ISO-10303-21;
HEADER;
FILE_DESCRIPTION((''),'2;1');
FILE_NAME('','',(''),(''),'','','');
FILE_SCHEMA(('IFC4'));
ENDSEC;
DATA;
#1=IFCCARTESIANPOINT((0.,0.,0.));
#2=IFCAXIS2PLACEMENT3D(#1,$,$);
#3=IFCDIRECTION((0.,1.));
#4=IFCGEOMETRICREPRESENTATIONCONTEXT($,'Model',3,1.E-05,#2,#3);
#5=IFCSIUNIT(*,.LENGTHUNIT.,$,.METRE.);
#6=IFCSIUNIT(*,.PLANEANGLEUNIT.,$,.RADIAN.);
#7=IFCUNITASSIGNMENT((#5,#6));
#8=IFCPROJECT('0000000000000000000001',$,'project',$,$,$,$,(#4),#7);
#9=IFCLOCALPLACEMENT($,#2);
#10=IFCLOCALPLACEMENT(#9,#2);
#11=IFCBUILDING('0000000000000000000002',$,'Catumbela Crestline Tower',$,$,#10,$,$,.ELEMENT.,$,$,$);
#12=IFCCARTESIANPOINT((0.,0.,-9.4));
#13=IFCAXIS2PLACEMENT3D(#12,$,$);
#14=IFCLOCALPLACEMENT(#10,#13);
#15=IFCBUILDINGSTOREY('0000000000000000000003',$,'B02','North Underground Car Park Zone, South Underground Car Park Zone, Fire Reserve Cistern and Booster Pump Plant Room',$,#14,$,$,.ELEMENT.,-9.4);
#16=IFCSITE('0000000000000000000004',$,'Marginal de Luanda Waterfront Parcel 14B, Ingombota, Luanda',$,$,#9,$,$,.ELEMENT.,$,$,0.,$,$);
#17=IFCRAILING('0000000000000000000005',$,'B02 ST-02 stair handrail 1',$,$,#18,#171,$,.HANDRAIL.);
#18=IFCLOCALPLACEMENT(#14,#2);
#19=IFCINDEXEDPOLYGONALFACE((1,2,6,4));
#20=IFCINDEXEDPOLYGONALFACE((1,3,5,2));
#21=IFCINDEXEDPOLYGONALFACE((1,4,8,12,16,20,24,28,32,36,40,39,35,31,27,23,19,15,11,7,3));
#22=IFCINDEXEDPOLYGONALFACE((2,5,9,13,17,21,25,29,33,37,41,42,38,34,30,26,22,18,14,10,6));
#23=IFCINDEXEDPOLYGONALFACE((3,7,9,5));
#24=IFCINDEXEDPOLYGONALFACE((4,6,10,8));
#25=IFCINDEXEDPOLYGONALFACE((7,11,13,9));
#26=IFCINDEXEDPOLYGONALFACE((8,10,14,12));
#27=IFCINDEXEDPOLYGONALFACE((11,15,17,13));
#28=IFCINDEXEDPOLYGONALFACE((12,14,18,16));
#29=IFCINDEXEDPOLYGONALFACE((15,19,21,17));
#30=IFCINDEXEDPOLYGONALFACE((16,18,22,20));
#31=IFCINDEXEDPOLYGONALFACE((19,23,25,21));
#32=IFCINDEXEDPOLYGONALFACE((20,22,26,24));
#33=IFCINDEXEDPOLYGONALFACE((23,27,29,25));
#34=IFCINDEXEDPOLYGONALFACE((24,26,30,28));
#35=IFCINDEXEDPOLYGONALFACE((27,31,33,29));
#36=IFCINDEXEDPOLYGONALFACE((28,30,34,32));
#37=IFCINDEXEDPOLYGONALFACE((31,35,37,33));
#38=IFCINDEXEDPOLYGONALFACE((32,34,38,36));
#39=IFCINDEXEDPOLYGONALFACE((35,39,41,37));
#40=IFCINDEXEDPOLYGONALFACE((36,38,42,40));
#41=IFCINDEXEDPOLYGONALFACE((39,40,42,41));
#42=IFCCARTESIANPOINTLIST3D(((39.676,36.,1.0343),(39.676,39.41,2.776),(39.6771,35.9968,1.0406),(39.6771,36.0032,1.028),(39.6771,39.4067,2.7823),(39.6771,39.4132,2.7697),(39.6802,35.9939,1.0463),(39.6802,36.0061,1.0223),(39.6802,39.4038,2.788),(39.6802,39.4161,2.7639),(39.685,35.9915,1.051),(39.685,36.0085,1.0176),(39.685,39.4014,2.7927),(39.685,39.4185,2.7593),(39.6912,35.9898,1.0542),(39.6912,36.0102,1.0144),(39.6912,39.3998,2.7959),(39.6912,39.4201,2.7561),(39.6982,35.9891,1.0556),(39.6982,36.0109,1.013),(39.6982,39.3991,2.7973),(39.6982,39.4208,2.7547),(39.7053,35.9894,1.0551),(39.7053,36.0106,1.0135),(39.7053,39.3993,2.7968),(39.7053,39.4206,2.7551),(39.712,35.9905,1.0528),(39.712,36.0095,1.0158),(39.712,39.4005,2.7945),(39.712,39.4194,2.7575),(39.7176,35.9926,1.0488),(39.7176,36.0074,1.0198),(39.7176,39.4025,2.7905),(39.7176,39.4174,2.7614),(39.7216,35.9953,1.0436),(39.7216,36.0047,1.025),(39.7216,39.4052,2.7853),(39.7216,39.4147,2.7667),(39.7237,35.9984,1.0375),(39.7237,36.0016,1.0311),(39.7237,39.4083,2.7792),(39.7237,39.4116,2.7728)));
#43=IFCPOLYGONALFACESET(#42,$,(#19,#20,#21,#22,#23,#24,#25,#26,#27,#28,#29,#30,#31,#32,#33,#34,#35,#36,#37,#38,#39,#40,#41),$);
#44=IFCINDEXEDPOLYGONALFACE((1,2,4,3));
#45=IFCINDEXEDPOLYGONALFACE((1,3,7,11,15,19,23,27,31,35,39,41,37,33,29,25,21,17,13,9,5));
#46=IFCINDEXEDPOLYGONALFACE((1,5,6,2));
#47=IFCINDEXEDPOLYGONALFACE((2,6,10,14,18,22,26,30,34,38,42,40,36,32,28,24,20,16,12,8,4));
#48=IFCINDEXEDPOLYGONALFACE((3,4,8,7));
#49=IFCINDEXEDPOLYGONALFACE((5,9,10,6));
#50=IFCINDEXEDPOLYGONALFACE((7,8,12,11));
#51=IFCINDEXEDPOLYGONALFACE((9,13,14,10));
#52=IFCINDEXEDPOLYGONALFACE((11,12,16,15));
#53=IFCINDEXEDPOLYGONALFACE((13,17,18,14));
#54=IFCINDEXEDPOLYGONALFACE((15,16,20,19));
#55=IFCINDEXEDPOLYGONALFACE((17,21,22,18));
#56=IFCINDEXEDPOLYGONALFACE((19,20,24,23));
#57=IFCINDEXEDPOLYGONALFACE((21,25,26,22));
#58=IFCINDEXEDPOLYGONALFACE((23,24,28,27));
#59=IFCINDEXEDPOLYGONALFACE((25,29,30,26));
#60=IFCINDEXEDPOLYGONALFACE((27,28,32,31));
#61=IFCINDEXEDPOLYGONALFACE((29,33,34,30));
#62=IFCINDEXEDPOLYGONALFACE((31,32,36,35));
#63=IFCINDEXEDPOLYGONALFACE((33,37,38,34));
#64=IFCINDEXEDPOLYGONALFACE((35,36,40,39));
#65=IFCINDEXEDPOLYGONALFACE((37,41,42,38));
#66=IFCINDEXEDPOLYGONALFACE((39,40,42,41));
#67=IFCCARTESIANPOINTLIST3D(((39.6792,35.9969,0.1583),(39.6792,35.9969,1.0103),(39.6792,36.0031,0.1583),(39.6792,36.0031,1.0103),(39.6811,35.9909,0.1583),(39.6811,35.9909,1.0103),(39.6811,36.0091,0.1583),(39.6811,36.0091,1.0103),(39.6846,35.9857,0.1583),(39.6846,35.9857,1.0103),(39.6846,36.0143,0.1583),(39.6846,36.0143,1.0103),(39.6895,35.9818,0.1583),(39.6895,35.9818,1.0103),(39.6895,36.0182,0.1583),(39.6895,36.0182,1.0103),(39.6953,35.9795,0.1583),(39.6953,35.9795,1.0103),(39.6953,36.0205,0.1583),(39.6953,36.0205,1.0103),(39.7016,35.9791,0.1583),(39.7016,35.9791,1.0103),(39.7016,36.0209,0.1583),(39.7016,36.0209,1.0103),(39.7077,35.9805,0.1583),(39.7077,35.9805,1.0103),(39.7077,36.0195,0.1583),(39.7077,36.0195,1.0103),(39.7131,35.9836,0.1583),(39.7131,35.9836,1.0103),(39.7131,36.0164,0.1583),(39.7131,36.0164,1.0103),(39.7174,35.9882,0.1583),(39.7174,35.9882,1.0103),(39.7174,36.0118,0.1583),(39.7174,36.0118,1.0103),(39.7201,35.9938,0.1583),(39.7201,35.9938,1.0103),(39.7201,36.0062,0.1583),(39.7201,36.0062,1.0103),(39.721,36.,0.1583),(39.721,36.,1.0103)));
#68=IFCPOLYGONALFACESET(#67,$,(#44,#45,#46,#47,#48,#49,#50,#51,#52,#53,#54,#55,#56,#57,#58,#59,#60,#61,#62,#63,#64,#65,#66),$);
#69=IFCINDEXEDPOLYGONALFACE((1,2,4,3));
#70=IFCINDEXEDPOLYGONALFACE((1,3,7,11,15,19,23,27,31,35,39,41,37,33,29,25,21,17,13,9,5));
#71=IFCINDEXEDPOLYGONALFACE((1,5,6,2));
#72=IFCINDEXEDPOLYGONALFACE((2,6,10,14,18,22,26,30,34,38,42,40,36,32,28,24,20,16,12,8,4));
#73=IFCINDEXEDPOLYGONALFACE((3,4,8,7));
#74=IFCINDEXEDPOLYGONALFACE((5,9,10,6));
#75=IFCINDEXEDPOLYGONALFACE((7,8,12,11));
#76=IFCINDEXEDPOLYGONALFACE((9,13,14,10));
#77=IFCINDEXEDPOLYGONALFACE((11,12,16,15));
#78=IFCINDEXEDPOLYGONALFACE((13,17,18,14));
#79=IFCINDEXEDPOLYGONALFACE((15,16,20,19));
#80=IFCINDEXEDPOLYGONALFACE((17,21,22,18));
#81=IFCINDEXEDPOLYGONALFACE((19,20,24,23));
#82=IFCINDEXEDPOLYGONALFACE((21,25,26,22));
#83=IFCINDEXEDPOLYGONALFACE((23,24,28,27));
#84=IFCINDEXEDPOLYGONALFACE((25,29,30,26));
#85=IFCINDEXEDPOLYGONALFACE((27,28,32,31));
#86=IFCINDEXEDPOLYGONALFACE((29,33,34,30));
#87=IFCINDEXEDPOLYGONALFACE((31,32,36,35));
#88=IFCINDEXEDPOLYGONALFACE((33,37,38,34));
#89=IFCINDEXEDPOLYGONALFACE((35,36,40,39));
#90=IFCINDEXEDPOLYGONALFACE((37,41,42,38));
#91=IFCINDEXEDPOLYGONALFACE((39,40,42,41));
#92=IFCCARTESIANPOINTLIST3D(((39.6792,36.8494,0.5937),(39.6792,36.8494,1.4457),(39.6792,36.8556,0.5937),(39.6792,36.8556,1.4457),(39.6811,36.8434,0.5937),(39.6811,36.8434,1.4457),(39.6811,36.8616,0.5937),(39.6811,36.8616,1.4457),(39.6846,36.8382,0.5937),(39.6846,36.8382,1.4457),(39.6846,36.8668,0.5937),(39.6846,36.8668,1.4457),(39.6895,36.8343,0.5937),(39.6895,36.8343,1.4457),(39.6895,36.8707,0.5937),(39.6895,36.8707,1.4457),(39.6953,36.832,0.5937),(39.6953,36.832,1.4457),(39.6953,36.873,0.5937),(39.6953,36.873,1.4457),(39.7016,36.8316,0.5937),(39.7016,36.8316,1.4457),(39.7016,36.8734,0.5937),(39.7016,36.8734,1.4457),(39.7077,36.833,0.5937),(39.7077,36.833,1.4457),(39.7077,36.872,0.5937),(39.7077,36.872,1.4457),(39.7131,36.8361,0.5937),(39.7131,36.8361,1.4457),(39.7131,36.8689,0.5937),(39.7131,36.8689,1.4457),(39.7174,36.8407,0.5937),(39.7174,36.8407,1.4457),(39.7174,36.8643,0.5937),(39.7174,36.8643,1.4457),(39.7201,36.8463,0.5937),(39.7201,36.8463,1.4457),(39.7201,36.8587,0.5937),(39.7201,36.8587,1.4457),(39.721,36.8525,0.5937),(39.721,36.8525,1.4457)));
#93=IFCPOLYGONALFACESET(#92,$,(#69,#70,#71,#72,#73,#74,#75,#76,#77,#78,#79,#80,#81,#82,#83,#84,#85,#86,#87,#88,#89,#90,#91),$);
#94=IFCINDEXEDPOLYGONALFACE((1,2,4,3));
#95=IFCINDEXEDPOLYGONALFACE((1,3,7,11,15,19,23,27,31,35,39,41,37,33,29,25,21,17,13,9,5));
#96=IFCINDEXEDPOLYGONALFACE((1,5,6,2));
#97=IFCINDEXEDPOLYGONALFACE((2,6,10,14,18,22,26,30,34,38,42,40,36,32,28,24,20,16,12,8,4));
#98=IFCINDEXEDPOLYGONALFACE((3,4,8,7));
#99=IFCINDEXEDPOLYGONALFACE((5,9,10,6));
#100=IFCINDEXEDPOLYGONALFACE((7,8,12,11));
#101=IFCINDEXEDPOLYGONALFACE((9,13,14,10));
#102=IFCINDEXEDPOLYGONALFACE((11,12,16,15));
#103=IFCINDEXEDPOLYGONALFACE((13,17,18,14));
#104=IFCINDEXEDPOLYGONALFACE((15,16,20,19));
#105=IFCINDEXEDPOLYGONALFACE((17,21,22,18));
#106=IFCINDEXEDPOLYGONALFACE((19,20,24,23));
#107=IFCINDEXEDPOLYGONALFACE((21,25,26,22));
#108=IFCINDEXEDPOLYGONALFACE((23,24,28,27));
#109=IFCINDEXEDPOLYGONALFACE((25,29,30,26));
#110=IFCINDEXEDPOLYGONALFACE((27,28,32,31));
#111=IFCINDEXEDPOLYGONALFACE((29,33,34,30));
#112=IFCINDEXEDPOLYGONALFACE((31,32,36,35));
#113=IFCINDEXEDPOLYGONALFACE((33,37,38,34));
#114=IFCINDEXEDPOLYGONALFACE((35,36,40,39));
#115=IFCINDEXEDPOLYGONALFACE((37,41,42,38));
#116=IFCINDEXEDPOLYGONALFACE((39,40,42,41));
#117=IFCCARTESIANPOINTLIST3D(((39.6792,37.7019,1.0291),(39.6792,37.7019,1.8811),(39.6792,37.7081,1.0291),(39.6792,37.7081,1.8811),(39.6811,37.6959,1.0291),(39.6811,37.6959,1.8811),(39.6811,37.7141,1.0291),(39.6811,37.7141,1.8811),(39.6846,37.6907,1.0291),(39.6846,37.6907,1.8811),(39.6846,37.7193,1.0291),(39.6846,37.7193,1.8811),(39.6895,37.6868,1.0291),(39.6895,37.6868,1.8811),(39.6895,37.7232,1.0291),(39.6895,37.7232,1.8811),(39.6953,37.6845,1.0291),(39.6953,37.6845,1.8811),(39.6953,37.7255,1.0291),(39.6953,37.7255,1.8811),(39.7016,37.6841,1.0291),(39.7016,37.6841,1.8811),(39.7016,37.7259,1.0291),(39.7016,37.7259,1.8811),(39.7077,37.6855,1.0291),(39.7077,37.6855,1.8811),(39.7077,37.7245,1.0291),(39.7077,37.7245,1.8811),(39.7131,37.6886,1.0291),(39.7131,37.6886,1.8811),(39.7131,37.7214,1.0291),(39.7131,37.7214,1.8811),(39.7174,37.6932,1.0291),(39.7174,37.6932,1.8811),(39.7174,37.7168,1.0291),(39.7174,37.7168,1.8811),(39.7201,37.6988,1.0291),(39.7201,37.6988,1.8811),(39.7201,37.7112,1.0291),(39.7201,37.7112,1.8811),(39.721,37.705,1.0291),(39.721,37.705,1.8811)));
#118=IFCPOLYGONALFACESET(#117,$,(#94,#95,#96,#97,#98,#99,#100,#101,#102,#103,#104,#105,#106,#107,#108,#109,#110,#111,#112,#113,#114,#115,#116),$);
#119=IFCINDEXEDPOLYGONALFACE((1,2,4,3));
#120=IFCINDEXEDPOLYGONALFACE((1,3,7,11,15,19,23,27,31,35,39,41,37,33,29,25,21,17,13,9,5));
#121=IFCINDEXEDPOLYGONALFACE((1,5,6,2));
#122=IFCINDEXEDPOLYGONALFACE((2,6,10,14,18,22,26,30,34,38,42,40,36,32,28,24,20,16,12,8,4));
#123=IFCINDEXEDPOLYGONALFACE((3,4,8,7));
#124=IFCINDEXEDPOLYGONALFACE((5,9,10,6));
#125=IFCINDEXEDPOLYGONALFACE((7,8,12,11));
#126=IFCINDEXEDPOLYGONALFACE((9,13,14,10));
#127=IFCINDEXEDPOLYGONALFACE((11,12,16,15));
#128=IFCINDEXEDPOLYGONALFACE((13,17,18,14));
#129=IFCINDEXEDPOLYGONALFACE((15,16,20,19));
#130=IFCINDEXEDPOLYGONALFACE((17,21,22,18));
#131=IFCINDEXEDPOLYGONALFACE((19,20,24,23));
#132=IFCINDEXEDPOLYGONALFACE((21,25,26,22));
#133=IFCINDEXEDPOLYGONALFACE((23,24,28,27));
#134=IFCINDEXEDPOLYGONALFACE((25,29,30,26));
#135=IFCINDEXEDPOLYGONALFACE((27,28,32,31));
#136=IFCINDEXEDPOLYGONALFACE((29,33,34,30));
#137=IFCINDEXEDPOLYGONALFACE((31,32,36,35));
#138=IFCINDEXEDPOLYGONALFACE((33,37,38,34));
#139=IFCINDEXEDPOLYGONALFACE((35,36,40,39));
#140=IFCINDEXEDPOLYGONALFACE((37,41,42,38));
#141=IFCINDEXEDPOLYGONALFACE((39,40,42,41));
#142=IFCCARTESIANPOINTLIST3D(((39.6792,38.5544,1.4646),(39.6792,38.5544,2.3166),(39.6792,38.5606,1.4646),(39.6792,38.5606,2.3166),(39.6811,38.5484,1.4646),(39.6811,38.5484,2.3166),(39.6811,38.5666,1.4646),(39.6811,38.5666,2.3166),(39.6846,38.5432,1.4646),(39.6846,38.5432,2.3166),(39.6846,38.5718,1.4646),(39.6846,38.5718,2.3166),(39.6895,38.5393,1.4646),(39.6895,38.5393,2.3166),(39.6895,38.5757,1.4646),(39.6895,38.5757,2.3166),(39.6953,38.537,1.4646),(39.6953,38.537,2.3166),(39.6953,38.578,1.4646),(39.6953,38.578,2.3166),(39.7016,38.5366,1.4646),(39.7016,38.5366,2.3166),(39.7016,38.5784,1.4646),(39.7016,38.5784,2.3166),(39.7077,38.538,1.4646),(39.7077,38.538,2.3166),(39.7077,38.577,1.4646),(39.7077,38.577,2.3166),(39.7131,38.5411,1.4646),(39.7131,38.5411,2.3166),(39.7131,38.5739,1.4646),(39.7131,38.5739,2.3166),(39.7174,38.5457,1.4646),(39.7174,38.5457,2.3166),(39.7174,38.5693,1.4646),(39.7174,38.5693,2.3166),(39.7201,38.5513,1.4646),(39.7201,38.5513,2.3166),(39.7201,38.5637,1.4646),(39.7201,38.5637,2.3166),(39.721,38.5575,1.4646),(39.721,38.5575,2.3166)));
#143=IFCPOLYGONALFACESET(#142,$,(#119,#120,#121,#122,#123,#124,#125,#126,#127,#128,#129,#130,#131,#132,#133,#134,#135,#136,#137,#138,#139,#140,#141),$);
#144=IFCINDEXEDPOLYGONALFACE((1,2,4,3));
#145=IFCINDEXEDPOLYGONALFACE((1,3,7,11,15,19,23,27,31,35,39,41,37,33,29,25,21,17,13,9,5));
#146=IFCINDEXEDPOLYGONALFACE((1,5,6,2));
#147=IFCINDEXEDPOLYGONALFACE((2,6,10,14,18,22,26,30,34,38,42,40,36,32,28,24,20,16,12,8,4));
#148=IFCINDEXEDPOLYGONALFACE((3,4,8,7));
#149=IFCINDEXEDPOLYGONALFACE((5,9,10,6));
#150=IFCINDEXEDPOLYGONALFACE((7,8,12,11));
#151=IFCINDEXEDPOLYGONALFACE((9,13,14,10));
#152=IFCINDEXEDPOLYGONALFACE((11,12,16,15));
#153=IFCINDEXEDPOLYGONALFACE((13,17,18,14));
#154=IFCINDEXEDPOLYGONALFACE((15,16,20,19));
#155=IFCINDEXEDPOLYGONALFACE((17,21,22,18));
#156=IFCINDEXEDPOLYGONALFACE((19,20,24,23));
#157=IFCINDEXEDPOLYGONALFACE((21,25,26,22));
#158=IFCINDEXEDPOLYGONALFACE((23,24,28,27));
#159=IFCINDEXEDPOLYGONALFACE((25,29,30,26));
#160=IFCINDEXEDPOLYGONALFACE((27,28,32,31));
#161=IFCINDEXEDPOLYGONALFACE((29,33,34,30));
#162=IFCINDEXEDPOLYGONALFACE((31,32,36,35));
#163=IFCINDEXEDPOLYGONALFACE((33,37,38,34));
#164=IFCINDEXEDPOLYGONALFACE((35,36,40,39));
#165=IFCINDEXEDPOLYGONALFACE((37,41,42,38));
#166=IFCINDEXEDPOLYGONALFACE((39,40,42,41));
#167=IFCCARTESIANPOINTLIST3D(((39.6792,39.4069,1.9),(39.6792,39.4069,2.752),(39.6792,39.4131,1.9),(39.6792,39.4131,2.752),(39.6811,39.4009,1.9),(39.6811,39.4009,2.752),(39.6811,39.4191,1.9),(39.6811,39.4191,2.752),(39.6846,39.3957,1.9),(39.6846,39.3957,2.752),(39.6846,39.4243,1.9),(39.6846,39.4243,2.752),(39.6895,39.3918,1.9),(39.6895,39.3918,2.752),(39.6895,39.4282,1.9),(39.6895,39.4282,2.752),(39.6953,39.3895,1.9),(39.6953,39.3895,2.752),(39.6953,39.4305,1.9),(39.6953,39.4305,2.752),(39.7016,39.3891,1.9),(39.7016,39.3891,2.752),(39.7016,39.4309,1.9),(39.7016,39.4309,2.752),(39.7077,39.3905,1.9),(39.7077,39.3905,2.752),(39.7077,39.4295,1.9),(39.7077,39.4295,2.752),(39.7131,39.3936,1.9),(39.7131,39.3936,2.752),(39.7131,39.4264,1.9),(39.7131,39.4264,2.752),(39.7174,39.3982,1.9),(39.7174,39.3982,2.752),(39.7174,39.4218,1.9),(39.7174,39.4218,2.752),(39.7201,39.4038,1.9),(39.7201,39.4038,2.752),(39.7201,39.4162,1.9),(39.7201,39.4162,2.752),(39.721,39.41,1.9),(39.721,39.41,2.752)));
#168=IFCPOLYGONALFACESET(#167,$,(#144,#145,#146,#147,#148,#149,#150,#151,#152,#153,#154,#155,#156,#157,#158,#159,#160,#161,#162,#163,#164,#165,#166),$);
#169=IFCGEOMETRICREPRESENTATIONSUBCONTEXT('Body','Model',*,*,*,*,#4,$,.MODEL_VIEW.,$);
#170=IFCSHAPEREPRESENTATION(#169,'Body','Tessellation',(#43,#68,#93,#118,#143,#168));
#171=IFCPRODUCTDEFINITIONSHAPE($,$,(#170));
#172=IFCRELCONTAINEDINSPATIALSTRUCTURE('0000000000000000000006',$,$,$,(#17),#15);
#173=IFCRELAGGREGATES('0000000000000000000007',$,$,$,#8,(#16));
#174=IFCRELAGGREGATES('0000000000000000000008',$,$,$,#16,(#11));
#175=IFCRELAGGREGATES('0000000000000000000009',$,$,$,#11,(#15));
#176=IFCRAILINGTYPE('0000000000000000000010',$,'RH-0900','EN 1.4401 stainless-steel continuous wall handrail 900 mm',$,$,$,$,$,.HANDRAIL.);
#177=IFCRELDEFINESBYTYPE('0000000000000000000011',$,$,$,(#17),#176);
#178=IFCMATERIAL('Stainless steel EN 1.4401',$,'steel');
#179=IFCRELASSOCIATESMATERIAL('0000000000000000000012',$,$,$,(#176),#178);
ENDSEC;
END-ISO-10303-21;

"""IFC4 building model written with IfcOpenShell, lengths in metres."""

from ifc_helpers import new_model, si_unit, direction, frame, origin, origin_2d, place, context, subcontext, project, spatial, circle, extrude, material, type_object, element, save


model = new_model("IFC4")

# Units and contexts
model_context = context("Model", 3, precision=1e-05, world=origin(), true_north=direction((0.0, 1.0)))
body_context = subcontext(model_context, "Body", "Model", "MODEL_VIEW")
ifc_project = project(units=[si_unit("LENGTHUNIT", "METRE"), si_unit("PLANEANGLEUNIT", "RADIAN")], contexts=[model_context])

# Site, building, storey
site_placement = place(None, origin())
site = spatial("IfcSite", under=ifc_project, at=site_placement, Name="Marginal de Luanda Waterfront Parcel 14B, Ingombota, Luanda", CompositionType="ELEMENT", RefElevation=0.0)
building_placement = place(site_placement, origin())
building = spatial("IfcBuilding", under=site, at=building_placement, Name="Catumbela Crestline Tower", CompositionType="ELEMENT")
storey_placement = place(building_placement, frame((0.0, 0.0, -9.4)))
storey = spatial("IfcBuildingStorey", under=building, at=storey_placement, Name="B02", Description="North Underground Car Park Zone, South Underground Car Park Zone, Fire Reserve Cistern and Booster Pump Plant Room", CompositionType="ELEMENT", Elevation=-9.4)

# Shared definitions
ifc_material_1 = material(Name="Stainless steel EN 1.4401", Category="steel")

# Railing
railing_type_1 = type_object("IfcRailingType", Name="RH-0900", Description="EN 1.4401 stainless-steel continuous wall handrail 900 mm", PredefinedType="HANDRAIL", material=ifc_material_1)
railing_1_placement = place(storey_placement, frame((39.7, 36.0, 0.1583)))
element("IfcRailing", 1, at=railing_1_placement, inside=storey, type_object=railing_type_1, Name="B02 ST-02 stair handrail 1", PredefinedType="HANDRAIL", context=body_context, shape_type="SweptSolid", body=[
    extrude(circle(Radius=0.024, at=origin_2d()), frame((0.0, 0.0, 0.876), z_axis=(0.0, 0.89056, 0.454865), x_axis=(-1.0, 0.0, 0.0)), (0.0, 0.0, 1.0), 3.829),
    extrude(circle(Radius=0.021, at=origin_2d()), origin(), (0.0, 0.0, 1.0), 0.852),
    extrude(circle(Radius=0.021, at=origin_2d()), frame((0.0, 0.8525, 0.4354)), (0.0, 0.0, 1.0), 0.852),
    extrude(circle(Radius=0.021, at=origin_2d()), frame((0.0, 1.705, 0.8708)), (0.0, 0.0, 1.0), 0.852),
    extrude(circle(Radius=0.021, at=origin_2d()), frame((0.0, 2.5575, 1.3063)), (0.0, 0.0, 1.0), 0.852),
    extrude(circle(Radius=0.021, at=origin_2d()), frame((0.0, 3.41, 1.7417)), (0.0, 0.0, 1.0), 0.852),
])

save(model, "model.ifc")
